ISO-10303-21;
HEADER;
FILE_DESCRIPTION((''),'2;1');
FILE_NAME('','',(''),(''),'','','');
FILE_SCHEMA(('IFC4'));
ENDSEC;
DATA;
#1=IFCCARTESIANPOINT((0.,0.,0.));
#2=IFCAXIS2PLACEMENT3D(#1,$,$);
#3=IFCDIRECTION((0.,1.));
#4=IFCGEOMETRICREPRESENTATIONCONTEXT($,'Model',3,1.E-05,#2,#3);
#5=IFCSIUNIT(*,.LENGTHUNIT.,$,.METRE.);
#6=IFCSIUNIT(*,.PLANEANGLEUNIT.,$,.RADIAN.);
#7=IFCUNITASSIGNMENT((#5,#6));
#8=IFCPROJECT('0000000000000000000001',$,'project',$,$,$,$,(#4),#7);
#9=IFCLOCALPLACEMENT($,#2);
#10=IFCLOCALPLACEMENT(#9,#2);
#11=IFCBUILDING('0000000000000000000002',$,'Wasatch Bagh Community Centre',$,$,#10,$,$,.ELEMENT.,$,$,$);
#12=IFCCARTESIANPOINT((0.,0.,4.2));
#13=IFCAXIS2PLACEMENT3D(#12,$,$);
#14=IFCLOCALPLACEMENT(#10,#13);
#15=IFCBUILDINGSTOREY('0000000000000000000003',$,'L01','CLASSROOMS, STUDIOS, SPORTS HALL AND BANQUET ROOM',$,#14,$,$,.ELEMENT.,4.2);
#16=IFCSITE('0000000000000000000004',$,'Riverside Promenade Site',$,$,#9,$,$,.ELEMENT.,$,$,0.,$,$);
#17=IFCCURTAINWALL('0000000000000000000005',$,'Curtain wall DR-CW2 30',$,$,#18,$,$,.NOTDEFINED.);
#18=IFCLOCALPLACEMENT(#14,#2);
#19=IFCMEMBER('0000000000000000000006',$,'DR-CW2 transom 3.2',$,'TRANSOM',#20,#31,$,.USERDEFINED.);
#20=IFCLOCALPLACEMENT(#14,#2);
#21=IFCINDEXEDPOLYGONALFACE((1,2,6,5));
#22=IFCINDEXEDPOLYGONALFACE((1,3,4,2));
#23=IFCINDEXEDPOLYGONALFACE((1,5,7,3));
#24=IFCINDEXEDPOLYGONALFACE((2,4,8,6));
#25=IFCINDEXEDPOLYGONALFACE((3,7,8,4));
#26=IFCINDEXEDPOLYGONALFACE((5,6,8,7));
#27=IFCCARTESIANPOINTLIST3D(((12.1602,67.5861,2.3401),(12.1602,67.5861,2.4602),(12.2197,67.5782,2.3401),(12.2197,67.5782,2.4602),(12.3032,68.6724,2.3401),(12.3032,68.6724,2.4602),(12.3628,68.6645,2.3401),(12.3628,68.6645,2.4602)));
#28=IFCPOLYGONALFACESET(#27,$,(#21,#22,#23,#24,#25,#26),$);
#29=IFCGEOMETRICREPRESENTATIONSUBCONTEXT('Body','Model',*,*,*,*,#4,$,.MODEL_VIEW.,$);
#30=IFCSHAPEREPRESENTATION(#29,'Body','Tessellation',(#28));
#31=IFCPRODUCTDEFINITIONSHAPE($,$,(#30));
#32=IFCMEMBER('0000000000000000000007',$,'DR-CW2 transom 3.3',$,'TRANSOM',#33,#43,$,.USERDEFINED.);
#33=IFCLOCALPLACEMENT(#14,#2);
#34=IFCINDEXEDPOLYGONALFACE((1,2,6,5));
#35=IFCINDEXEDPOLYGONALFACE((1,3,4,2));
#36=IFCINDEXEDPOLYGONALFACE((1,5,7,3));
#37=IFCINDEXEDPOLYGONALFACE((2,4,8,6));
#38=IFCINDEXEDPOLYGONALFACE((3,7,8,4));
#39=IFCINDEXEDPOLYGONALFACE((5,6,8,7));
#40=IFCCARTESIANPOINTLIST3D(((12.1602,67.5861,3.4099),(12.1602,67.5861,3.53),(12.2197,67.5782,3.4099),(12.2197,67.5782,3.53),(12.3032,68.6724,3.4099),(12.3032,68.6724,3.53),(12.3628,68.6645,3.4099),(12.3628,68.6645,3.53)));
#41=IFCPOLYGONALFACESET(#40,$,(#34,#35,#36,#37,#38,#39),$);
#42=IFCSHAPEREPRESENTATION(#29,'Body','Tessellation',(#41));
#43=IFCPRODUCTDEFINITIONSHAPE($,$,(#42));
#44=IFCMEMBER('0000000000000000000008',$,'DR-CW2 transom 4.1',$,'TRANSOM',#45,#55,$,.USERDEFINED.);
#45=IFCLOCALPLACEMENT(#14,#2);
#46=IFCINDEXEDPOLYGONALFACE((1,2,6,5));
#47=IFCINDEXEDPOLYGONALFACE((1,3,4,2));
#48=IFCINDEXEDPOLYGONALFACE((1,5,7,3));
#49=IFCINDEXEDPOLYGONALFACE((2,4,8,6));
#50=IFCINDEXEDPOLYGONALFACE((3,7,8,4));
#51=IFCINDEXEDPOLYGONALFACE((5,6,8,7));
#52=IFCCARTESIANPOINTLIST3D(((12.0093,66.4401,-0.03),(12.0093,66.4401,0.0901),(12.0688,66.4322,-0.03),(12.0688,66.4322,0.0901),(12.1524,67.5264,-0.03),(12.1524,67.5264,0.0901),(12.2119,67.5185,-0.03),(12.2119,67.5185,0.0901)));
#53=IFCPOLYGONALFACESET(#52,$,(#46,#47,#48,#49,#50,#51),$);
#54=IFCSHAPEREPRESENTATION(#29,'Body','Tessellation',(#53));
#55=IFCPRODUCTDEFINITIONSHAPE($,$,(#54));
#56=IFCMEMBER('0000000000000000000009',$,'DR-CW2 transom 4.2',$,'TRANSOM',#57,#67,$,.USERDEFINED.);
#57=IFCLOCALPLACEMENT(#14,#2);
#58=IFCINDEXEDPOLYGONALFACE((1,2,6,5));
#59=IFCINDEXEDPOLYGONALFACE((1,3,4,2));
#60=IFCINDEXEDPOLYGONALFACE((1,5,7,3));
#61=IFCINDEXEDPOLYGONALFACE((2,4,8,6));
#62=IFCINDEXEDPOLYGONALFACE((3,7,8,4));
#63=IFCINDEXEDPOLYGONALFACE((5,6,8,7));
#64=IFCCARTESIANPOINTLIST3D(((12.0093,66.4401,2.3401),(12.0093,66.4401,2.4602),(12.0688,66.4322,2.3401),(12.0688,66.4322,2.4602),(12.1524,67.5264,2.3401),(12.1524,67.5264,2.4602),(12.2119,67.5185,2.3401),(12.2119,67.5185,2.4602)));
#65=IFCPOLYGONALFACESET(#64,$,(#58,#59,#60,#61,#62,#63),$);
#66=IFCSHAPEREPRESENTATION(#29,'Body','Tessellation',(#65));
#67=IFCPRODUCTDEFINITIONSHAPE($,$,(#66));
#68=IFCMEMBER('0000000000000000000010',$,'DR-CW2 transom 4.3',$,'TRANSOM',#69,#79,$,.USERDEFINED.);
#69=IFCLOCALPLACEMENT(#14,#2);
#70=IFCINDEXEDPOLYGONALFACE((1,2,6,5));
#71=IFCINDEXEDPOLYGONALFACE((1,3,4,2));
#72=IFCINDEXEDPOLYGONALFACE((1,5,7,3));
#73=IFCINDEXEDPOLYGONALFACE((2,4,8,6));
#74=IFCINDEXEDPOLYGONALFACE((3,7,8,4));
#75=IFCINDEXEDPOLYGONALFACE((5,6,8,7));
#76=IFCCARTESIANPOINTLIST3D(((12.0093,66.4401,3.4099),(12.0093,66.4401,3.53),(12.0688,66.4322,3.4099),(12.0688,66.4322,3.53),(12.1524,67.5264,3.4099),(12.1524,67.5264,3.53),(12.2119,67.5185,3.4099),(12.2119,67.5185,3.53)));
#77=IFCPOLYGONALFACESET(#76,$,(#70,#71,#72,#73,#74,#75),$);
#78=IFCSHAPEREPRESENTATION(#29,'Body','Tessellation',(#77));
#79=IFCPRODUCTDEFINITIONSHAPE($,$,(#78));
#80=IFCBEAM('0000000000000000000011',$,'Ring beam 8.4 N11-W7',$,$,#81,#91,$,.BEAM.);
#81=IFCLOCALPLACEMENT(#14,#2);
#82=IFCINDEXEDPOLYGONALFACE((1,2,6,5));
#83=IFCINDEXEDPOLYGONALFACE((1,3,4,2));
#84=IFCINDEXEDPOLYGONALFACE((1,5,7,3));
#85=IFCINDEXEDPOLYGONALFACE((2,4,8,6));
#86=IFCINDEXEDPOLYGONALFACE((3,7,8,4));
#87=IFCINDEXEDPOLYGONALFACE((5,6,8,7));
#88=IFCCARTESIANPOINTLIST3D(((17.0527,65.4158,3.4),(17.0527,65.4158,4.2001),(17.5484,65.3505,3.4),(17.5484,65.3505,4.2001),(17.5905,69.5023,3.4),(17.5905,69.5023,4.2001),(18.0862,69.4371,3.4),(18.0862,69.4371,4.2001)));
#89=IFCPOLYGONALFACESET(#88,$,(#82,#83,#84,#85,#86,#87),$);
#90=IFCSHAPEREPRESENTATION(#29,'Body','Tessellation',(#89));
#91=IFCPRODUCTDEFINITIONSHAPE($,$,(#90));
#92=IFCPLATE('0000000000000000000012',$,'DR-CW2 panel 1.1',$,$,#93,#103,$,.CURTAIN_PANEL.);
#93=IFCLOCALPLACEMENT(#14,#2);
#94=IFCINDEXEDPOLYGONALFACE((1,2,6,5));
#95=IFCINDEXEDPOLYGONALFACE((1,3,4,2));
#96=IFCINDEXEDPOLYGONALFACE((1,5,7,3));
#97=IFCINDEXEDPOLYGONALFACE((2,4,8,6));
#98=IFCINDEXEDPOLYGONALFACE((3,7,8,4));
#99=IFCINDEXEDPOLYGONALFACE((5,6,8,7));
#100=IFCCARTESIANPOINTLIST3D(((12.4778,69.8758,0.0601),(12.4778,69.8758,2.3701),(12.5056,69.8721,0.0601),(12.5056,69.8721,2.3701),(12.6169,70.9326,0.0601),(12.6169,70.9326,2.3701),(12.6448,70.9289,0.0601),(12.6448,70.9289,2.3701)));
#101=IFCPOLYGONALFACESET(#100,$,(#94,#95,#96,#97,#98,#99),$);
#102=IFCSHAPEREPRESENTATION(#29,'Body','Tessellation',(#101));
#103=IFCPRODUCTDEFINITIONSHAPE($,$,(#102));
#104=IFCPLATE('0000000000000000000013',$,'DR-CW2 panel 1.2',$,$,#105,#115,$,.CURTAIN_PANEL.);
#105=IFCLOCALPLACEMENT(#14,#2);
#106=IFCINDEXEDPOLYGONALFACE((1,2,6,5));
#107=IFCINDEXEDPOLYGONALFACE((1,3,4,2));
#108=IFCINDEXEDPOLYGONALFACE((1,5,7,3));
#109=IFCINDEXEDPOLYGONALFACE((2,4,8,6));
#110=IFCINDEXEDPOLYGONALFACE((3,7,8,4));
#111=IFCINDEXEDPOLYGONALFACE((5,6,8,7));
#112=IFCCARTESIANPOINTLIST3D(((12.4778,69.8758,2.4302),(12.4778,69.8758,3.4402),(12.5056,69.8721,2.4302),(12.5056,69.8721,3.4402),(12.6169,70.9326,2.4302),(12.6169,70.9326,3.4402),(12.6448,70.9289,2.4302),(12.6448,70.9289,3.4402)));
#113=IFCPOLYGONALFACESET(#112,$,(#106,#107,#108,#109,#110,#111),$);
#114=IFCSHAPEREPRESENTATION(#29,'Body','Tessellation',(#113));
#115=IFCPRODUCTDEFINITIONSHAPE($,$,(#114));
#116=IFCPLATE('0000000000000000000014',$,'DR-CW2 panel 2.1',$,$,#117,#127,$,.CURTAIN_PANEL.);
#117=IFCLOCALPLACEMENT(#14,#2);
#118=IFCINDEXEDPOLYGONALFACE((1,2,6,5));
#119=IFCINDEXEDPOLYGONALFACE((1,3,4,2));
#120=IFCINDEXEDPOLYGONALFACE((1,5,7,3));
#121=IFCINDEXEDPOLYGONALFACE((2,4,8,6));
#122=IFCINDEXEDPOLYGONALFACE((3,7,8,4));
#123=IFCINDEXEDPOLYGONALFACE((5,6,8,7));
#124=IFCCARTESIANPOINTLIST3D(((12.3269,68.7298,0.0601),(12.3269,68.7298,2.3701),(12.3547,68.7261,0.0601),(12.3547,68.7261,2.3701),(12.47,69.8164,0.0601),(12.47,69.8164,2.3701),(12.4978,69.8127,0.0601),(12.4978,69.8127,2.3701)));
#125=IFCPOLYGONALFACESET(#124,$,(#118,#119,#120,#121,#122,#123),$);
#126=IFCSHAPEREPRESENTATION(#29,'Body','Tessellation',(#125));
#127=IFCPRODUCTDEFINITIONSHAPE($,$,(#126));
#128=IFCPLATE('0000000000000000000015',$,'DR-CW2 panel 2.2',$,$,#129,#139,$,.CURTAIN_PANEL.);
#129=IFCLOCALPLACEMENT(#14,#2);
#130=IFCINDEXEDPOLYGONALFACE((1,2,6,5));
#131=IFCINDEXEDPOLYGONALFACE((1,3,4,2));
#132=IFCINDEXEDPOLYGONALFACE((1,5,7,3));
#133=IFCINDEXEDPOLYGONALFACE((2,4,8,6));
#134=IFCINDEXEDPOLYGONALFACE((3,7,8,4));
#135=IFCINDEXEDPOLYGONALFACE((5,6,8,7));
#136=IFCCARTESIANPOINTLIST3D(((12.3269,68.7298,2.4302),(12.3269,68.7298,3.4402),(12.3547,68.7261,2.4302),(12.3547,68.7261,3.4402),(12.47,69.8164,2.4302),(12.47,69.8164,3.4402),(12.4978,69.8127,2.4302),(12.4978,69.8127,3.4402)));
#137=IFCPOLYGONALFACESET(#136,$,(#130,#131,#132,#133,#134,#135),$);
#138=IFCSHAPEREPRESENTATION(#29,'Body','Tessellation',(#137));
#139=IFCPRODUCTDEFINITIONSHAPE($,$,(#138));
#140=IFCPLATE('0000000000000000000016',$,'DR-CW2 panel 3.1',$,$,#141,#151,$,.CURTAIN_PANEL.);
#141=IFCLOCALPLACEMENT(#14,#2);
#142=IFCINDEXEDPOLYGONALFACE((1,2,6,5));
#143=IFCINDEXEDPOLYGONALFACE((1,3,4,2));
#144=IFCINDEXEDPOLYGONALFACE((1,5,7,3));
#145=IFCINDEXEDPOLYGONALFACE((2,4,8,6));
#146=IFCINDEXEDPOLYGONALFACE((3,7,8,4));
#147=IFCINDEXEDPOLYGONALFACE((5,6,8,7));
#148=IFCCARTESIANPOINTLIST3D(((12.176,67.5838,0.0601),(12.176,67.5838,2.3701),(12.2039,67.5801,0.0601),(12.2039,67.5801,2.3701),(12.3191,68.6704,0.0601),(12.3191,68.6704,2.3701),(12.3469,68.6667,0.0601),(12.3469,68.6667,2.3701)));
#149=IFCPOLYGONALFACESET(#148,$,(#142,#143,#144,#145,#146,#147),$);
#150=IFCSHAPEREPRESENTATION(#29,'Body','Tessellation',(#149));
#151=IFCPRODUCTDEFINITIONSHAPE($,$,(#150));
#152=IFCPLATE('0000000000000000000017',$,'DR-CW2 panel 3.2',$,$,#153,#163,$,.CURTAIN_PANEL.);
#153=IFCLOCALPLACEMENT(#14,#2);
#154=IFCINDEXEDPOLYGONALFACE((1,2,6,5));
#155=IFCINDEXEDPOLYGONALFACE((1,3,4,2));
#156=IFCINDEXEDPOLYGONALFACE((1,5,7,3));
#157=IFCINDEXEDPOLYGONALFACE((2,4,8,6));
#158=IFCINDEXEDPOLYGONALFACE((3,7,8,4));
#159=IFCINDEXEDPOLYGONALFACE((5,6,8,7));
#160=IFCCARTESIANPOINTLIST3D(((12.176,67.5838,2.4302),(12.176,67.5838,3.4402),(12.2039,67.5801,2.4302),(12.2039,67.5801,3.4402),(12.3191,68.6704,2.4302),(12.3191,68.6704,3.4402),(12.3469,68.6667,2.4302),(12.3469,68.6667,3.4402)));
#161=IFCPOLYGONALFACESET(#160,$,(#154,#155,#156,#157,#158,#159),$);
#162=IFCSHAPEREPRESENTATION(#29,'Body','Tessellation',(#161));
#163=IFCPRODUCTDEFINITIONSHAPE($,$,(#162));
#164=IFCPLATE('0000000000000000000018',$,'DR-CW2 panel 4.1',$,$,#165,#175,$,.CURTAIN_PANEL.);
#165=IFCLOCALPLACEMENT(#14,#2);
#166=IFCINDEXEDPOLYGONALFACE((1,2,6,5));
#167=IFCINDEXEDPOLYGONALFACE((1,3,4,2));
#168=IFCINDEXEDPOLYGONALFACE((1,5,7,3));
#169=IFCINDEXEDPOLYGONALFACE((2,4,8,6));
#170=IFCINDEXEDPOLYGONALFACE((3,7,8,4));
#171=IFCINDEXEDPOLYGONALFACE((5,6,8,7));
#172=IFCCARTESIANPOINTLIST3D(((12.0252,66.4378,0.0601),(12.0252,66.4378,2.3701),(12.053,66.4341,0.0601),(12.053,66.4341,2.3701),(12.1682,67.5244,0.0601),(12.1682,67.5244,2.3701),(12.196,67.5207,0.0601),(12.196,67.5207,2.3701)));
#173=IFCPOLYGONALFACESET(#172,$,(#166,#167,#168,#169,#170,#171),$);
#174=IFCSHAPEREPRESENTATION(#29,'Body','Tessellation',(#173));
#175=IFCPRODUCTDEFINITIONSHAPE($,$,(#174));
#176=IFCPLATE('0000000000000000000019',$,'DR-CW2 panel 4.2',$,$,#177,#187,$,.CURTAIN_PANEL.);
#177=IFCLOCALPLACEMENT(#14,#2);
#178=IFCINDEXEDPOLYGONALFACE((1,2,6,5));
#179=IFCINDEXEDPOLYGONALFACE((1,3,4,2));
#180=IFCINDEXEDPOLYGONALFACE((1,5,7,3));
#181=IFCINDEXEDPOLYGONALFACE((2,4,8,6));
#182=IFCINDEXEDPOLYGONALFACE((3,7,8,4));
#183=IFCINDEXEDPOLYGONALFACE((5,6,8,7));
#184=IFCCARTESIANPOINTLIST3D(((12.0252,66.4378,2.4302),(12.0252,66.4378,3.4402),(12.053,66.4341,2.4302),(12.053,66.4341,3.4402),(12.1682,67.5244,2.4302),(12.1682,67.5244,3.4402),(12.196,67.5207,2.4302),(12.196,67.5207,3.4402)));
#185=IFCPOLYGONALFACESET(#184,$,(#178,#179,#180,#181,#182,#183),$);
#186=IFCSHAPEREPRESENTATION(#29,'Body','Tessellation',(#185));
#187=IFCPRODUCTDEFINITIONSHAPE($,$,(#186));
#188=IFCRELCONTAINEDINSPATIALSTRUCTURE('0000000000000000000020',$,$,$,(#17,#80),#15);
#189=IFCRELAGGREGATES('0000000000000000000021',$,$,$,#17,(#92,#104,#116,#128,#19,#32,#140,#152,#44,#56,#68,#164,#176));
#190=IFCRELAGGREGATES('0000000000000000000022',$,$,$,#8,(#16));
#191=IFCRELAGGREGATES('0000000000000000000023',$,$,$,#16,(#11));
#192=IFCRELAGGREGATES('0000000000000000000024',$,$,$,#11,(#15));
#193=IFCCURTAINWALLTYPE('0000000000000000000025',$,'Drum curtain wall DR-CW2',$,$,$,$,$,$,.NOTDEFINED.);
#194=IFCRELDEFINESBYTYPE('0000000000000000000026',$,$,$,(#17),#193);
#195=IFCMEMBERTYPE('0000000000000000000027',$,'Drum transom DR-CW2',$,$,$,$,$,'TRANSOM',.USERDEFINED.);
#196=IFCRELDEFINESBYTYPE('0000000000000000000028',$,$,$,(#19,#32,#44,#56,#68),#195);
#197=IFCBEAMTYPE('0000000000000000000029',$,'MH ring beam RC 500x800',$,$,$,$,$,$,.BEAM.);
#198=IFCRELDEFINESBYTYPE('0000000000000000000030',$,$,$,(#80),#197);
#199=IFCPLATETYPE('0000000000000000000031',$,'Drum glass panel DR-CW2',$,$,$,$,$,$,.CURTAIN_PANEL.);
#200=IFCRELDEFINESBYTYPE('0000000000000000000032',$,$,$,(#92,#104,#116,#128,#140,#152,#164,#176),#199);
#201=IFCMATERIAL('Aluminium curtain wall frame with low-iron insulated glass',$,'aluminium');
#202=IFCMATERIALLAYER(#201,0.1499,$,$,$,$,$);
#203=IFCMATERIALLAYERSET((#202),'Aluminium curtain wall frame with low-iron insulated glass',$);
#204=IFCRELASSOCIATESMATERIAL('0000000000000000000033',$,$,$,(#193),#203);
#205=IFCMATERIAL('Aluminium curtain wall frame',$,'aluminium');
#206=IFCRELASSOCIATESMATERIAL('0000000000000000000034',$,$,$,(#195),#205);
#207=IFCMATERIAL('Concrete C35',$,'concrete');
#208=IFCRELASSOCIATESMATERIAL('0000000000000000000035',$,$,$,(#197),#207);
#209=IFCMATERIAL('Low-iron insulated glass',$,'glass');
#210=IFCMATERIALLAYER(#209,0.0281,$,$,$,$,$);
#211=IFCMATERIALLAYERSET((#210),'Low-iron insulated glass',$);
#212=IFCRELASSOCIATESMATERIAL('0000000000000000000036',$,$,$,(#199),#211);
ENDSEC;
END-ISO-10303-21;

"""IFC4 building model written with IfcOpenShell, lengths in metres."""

from ifc_helpers import new_model, si_unit, direction, frame, origin, origin_2d, place, context, subcontext, project, spatial, rectangle, extrude, material, layer, layer_set, material_profile, profile_set, type_object, element, aggregate, save


model = new_model("IFC4")

# Units and contexts
model_context = context("Model", 3, precision=1e-05, world=origin(), true_north=direction((0.0, 1.0)))
body_context = subcontext(model_context, "Body", "Model", "MODEL_VIEW")
ifc_project = project(units=[si_unit("LENGTHUNIT", "METRE"), si_unit("PLANEANGLEUNIT", "RADIAN")], contexts=[model_context])

# Site, building, storey
site_placement = place(None, origin())
site = spatial("IfcSite", under=ifc_project, at=site_placement, Name="Riverside Promenade Site", CompositionType="ELEMENT", RefElevation=0.0)
building_placement = place(site_placement, origin())
building = spatial("IfcBuilding", under=site, at=building_placement, Name="Wasatch Bagh Community Centre", CompositionType="ELEMENT")
storey_placement = place(building_placement, frame((0.0, 0.0, 4.2)))
storey = spatial("IfcBuildingStorey", under=building, at=storey_placement, Name="L01", Description="CLASSROOMS, STUDIOS, SPORTS HALL AND BANQUET ROOM", CompositionType="ELEMENT", Elevation=4.2)

# Curtain wall
ifc_material_1 = material(Name="Aluminium curtain wall frame with low-iron insulated glass", Category="aluminium")
ifc_layer_1 = layer(ifc_material_1, 0.1499)
ifc_layer_set_1 = layer_set([ifc_layer_1], Name="Aluminium curtain wall frame with low-iron insulated glass")
curtain_wall_type = type_object("IfcCurtainWallType", Name="Drum curtain wall DR-CW2", PredefinedType="NOTDEFINED", material=ifc_layer_set_1)
curtain_wall_placement = place(storey_placement, origin())
curtain_wall = element("IfcCurtainWall", 1, at=curtain_wall_placement, inside=storey, type_object=curtain_wall_type, Name="Curtain wall DR-CW2 30", PredefinedType="NOTDEFINED")
ifc_material_2 = material(Name="Aluminium curtain wall frame", Category="aluminium")

# Shared definitions
ifc_material_3 = material(Name="Concrete C35", Category="concrete")

# Members
ifc_material_profile_1 = material_profile(ifc_material_2, rectangle(XDim=0.0601, YDim=0.1201, at=origin_2d()), Name="Drum transom DR-CW2")
ifc_profile_set_1 = profile_set([ifc_material_profile_1], Name="Aluminium curtain wall frame")
member_type_1 = type_object("IfcMemberType", Name="Drum transom DR-CW2", ElementType="TRANSOM", PredefinedType="USERDEFINED", material=ifc_profile_set_1)
member_1_placement = place(storey_placement, frame((12.333, 68.6685, 2.4001), z_axis=(-0.130558, -0.991441, 0.0), x_axis=(0.991441, -0.130558, 0.0)))
member_1 = element("IfcMember", 2, at=member_1_placement, type_object=member_type_1, Name="DR-CW2 transom 3.2", ObjectType="TRANSOM", PredefinedType="USERDEFINED", context=body_context, shape_type="SweptSolid", body=[
    extrude(rectangle(XDim=0.0601, YDim=0.1201, at=origin_2d()), origin(), (0.0, 0.0, 1.0), 1.0957),
])
member_2_placement = place(storey_placement, frame((12.333, 68.6685, 3.47), z_axis=(-0.130558, -0.991441, 0.0), x_axis=(0.991441, -0.130558, 0.0)))
member_2 = element("IfcMember", 3, at=member_2_placement, type_object=member_type_1, Name="DR-CW2 transom 3.3", ObjectType="TRANSOM", PredefinedType="USERDEFINED", context=body_context, shape_type="SweptSolid", body=[
    extrude(rectangle(XDim=0.0601, YDim=0.1201, at=origin_2d()), origin(), (0.0, 0.0, 1.0), 1.0957),
])
member_3_placement = place(storey_placement, frame((12.1821, 67.5225, 0.03), z_axis=(-0.130558, -0.991441, 0.0), x_axis=(0.991441, -0.130558, 0.0)))
member_3 = element("IfcMember", 4, at=member_3_placement, type_object=member_type_1, Name="DR-CW2 transom 4.1", ObjectType="TRANSOM", PredefinedType="USERDEFINED", context=body_context, shape_type="SweptSolid", body=[
    extrude(rectangle(XDim=0.0601, YDim=0.1201, at=origin_2d()), origin(), (0.0, 0.0, 1.0), 1.0957),
])
member_4_placement = place(storey_placement, frame((12.1821, 67.5225, 2.4001), z_axis=(-0.130558, -0.991441, 0.0), x_axis=(0.991441, -0.130558, 0.0)))
member_4 = element("IfcMember", 5, at=member_4_placement, type_object=member_type_1, Name="DR-CW2 transom 4.2", ObjectType="TRANSOM", PredefinedType="USERDEFINED", context=body_context, shape_type="SweptSolid", body=[
    extrude(rectangle(XDim=0.0601, YDim=0.1201, at=origin_2d()), origin(), (0.0, 0.0, 1.0), 1.0957),
])
member_5_placement = place(storey_placement, frame((12.1821, 67.5225, 3.47), z_axis=(-0.130558, -0.991441, 0.0), x_axis=(0.991441, -0.130558, 0.0)))
member_5 = element("IfcMember", 6, at=member_5_placement, type_object=member_type_1, Name="DR-CW2 transom 4.3", ObjectType="TRANSOM", PredefinedType="USERDEFINED", context=body_context, shape_type="SweptSolid", body=[
    extrude(rectangle(XDim=0.0601, YDim=0.1201, at=origin_2d()), origin(), (0.0, 0.0, 1.0), 1.0957),
])

# Beam
ifc_material_profile_2 = material_profile(ifc_material_3, rectangle(XDim=0.5, YDim=0.8, at=origin_2d()), Name="RC 500x800")
ifc_profile_set_2 = profile_set([ifc_material_profile_2], Name="Concrete C35")
beam_type_1 = type_object("IfcBeamType", Name="MH ring beam RC 500x800", PredefinedType="BEAM", material=ifc_profile_set_2)
beam_1_placement = place(storey_placement, frame((17.8384, 69.4697, 3.8), z_axis=(-0.130484, -0.99145, 0.0), x_axis=(0.99145, -0.130484, 0.0)))
element("IfcBeam", 7, at=beam_1_placement, inside=storey, type_object=beam_type_1, Name="Ring beam 8.4 N11-W7", PredefinedType="BEAM", context=body_context, shape_type="SweptSolid", body=[
    extrude(rectangle(XDim=0.5, YDim=0.8, at=origin_2d()), origin(), (0.0, 0.0, 1.0), 4.1218),
])

# Plates
ifc_material_4 = material(Name="Low-iron insulated glass", Category="glass")
ifc_layer_2 = layer(ifc_material_4, 0.0281)
ifc_layer_set_2 = layer_set([ifc_layer_2], Name="Low-iron insulated glass")
plate_type = type_object("IfcPlateType", Name="Drum glass panel DR-CW2", PredefinedType="CURTAIN_PANEL", material=ifc_layer_set_2)
plate_1_placement = place(storey_placement, frame((12.5613, 70.4023, 0.0601), z_axis=(0.0, 0.0, 1.0), x_axis=(-0.130526, -0.991445, 0.0)))
plate_1 = element("IfcPlate", 8, at=plate_1_placement, type_object=plate_type, Name="DR-CW2 panel 1.1", PredefinedType="CURTAIN_PANEL", context=body_context, shape_type="SweptSolid", body=[
    extrude(rectangle(XDim=1.0659, YDim=0.0281, at=origin_2d()), origin(), (0.0, 0.0, 1.0), 2.3101),
])
plate_2_placement = place(storey_placement, frame((12.5613, 70.4023, 2.4302), z_axis=(0.0, 0.0, 1.0), x_axis=(-0.130526, -0.991445, 0.0)))
plate_2 = element("IfcPlate", 9, at=plate_2_placement, type_object=plate_type, Name="DR-CW2 panel 1.2", PredefinedType="CURTAIN_PANEL", context=body_context, shape_type="SweptSolid", body=[
    extrude(rectangle(XDim=1.0659, YDim=0.0281, at=origin_2d()), origin(), (0.0, 0.0, 1.0), 1.01),
])
plate_3_placement = place(storey_placement, frame((12.4124, 69.2712, 0.0601), z_axis=(0.0, 0.0, 1.0), x_axis=(-0.130526, -0.991445, 0.0)))
plate_3 = element("IfcPlate", 10, at=plate_3_placement, type_object=plate_type, Name="DR-CW2 panel 2.1", PredefinedType="CURTAIN_PANEL", context=body_context, shape_type="SweptSolid", body=[
    extrude(rectangle(XDim=1.0959, YDim=0.0281, at=origin_2d()), origin(), (0.0, 0.0, 1.0), 2.3101),
])
plate_4_placement = place(storey_placement, frame((12.4124, 69.2712, 2.4302), z_axis=(0.0, 0.0, 1.0), x_axis=(-0.130526, -0.991445, 0.0)))
plate_4 = element("IfcPlate", 11, at=plate_4_placement, type_object=plate_type, Name="DR-CW2 panel 2.2", PredefinedType="CURTAIN_PANEL", context=body_context, shape_type="SweptSolid", body=[
    extrude(rectangle(XDim=1.0959, YDim=0.0281, at=origin_2d()), origin(), (0.0, 0.0, 1.0), 1.01),
])
plate_5_placement = place(storey_placement, frame((12.2615, 68.1252, 0.0601), z_axis=(0.0, 0.0, 1.0), x_axis=(-0.130526, -0.991445, 0.0)))
plate_5 = element("IfcPlate", 12, at=plate_5_placement, type_object=plate_type, Name="DR-CW2 panel 3.1", PredefinedType="CURTAIN_PANEL", context=body_context, shape_type="SweptSolid", body=[
    extrude(rectangle(XDim=1.0959, YDim=0.0281, at=origin_2d()), origin(), (0.0, 0.0, 1.0), 2.3101),
])
plate_6_placement = place(storey_placement, frame((12.2615, 68.1252, 2.4302), z_axis=(0.0, 0.0, 1.0), x_axis=(-0.130526, -0.991445, 0.0)))
plate_6 = element("IfcPlate", 13, at=plate_6_placement, type_object=plate_type, Name="DR-CW2 panel 3.2", PredefinedType="CURTAIN_PANEL", context=body_context, shape_type="SweptSolid", body=[
    extrude(rectangle(XDim=1.0959, YDim=0.0281, at=origin_2d()), origin(), (0.0, 0.0, 1.0), 1.01),
])
plate_7_placement = place(storey_placement, frame((12.1106, 66.9792, 0.0601), z_axis=(0.0, 0.0, 1.0), x_axis=(-0.130526, -0.991445, 0.0)))
plate_7 = element("IfcPlate", 14, at=plate_7_placement, type_object=plate_type, Name="DR-CW2 panel 4.1", PredefinedType="CURTAIN_PANEL", context=body_context, shape_type="SweptSolid", body=[
    extrude(rectangle(XDim=1.0959, YDim=0.0281, at=origin_2d()), origin(), (0.0, 0.0, 1.0), 2.3101),
])
plate_8_placement = place(storey_placement, frame((12.1106, 66.9792, 2.4302), z_axis=(0.0, 0.0, 1.0), x_axis=(-0.130526, -0.991445, 0.0)))
plate_8 = element("IfcPlate", 15, at=plate_8_placement, type_object=plate_type, Name="DR-CW2 panel 4.2", PredefinedType="CURTAIN_PANEL", context=body_context, shape_type="SweptSolid", body=[
    extrude(rectangle(XDim=1.0959, YDim=0.0281, at=origin_2d()), origin(), (0.0, 0.0, 1.0), 1.01),
])
aggregate(curtain_wall, [plate_1, plate_2, plate_3, plate_4, member_1, member_2, plate_5, plate_6, member_3, member_4, member_5, plate_7, plate_8])

save(model, "model.ifc")
